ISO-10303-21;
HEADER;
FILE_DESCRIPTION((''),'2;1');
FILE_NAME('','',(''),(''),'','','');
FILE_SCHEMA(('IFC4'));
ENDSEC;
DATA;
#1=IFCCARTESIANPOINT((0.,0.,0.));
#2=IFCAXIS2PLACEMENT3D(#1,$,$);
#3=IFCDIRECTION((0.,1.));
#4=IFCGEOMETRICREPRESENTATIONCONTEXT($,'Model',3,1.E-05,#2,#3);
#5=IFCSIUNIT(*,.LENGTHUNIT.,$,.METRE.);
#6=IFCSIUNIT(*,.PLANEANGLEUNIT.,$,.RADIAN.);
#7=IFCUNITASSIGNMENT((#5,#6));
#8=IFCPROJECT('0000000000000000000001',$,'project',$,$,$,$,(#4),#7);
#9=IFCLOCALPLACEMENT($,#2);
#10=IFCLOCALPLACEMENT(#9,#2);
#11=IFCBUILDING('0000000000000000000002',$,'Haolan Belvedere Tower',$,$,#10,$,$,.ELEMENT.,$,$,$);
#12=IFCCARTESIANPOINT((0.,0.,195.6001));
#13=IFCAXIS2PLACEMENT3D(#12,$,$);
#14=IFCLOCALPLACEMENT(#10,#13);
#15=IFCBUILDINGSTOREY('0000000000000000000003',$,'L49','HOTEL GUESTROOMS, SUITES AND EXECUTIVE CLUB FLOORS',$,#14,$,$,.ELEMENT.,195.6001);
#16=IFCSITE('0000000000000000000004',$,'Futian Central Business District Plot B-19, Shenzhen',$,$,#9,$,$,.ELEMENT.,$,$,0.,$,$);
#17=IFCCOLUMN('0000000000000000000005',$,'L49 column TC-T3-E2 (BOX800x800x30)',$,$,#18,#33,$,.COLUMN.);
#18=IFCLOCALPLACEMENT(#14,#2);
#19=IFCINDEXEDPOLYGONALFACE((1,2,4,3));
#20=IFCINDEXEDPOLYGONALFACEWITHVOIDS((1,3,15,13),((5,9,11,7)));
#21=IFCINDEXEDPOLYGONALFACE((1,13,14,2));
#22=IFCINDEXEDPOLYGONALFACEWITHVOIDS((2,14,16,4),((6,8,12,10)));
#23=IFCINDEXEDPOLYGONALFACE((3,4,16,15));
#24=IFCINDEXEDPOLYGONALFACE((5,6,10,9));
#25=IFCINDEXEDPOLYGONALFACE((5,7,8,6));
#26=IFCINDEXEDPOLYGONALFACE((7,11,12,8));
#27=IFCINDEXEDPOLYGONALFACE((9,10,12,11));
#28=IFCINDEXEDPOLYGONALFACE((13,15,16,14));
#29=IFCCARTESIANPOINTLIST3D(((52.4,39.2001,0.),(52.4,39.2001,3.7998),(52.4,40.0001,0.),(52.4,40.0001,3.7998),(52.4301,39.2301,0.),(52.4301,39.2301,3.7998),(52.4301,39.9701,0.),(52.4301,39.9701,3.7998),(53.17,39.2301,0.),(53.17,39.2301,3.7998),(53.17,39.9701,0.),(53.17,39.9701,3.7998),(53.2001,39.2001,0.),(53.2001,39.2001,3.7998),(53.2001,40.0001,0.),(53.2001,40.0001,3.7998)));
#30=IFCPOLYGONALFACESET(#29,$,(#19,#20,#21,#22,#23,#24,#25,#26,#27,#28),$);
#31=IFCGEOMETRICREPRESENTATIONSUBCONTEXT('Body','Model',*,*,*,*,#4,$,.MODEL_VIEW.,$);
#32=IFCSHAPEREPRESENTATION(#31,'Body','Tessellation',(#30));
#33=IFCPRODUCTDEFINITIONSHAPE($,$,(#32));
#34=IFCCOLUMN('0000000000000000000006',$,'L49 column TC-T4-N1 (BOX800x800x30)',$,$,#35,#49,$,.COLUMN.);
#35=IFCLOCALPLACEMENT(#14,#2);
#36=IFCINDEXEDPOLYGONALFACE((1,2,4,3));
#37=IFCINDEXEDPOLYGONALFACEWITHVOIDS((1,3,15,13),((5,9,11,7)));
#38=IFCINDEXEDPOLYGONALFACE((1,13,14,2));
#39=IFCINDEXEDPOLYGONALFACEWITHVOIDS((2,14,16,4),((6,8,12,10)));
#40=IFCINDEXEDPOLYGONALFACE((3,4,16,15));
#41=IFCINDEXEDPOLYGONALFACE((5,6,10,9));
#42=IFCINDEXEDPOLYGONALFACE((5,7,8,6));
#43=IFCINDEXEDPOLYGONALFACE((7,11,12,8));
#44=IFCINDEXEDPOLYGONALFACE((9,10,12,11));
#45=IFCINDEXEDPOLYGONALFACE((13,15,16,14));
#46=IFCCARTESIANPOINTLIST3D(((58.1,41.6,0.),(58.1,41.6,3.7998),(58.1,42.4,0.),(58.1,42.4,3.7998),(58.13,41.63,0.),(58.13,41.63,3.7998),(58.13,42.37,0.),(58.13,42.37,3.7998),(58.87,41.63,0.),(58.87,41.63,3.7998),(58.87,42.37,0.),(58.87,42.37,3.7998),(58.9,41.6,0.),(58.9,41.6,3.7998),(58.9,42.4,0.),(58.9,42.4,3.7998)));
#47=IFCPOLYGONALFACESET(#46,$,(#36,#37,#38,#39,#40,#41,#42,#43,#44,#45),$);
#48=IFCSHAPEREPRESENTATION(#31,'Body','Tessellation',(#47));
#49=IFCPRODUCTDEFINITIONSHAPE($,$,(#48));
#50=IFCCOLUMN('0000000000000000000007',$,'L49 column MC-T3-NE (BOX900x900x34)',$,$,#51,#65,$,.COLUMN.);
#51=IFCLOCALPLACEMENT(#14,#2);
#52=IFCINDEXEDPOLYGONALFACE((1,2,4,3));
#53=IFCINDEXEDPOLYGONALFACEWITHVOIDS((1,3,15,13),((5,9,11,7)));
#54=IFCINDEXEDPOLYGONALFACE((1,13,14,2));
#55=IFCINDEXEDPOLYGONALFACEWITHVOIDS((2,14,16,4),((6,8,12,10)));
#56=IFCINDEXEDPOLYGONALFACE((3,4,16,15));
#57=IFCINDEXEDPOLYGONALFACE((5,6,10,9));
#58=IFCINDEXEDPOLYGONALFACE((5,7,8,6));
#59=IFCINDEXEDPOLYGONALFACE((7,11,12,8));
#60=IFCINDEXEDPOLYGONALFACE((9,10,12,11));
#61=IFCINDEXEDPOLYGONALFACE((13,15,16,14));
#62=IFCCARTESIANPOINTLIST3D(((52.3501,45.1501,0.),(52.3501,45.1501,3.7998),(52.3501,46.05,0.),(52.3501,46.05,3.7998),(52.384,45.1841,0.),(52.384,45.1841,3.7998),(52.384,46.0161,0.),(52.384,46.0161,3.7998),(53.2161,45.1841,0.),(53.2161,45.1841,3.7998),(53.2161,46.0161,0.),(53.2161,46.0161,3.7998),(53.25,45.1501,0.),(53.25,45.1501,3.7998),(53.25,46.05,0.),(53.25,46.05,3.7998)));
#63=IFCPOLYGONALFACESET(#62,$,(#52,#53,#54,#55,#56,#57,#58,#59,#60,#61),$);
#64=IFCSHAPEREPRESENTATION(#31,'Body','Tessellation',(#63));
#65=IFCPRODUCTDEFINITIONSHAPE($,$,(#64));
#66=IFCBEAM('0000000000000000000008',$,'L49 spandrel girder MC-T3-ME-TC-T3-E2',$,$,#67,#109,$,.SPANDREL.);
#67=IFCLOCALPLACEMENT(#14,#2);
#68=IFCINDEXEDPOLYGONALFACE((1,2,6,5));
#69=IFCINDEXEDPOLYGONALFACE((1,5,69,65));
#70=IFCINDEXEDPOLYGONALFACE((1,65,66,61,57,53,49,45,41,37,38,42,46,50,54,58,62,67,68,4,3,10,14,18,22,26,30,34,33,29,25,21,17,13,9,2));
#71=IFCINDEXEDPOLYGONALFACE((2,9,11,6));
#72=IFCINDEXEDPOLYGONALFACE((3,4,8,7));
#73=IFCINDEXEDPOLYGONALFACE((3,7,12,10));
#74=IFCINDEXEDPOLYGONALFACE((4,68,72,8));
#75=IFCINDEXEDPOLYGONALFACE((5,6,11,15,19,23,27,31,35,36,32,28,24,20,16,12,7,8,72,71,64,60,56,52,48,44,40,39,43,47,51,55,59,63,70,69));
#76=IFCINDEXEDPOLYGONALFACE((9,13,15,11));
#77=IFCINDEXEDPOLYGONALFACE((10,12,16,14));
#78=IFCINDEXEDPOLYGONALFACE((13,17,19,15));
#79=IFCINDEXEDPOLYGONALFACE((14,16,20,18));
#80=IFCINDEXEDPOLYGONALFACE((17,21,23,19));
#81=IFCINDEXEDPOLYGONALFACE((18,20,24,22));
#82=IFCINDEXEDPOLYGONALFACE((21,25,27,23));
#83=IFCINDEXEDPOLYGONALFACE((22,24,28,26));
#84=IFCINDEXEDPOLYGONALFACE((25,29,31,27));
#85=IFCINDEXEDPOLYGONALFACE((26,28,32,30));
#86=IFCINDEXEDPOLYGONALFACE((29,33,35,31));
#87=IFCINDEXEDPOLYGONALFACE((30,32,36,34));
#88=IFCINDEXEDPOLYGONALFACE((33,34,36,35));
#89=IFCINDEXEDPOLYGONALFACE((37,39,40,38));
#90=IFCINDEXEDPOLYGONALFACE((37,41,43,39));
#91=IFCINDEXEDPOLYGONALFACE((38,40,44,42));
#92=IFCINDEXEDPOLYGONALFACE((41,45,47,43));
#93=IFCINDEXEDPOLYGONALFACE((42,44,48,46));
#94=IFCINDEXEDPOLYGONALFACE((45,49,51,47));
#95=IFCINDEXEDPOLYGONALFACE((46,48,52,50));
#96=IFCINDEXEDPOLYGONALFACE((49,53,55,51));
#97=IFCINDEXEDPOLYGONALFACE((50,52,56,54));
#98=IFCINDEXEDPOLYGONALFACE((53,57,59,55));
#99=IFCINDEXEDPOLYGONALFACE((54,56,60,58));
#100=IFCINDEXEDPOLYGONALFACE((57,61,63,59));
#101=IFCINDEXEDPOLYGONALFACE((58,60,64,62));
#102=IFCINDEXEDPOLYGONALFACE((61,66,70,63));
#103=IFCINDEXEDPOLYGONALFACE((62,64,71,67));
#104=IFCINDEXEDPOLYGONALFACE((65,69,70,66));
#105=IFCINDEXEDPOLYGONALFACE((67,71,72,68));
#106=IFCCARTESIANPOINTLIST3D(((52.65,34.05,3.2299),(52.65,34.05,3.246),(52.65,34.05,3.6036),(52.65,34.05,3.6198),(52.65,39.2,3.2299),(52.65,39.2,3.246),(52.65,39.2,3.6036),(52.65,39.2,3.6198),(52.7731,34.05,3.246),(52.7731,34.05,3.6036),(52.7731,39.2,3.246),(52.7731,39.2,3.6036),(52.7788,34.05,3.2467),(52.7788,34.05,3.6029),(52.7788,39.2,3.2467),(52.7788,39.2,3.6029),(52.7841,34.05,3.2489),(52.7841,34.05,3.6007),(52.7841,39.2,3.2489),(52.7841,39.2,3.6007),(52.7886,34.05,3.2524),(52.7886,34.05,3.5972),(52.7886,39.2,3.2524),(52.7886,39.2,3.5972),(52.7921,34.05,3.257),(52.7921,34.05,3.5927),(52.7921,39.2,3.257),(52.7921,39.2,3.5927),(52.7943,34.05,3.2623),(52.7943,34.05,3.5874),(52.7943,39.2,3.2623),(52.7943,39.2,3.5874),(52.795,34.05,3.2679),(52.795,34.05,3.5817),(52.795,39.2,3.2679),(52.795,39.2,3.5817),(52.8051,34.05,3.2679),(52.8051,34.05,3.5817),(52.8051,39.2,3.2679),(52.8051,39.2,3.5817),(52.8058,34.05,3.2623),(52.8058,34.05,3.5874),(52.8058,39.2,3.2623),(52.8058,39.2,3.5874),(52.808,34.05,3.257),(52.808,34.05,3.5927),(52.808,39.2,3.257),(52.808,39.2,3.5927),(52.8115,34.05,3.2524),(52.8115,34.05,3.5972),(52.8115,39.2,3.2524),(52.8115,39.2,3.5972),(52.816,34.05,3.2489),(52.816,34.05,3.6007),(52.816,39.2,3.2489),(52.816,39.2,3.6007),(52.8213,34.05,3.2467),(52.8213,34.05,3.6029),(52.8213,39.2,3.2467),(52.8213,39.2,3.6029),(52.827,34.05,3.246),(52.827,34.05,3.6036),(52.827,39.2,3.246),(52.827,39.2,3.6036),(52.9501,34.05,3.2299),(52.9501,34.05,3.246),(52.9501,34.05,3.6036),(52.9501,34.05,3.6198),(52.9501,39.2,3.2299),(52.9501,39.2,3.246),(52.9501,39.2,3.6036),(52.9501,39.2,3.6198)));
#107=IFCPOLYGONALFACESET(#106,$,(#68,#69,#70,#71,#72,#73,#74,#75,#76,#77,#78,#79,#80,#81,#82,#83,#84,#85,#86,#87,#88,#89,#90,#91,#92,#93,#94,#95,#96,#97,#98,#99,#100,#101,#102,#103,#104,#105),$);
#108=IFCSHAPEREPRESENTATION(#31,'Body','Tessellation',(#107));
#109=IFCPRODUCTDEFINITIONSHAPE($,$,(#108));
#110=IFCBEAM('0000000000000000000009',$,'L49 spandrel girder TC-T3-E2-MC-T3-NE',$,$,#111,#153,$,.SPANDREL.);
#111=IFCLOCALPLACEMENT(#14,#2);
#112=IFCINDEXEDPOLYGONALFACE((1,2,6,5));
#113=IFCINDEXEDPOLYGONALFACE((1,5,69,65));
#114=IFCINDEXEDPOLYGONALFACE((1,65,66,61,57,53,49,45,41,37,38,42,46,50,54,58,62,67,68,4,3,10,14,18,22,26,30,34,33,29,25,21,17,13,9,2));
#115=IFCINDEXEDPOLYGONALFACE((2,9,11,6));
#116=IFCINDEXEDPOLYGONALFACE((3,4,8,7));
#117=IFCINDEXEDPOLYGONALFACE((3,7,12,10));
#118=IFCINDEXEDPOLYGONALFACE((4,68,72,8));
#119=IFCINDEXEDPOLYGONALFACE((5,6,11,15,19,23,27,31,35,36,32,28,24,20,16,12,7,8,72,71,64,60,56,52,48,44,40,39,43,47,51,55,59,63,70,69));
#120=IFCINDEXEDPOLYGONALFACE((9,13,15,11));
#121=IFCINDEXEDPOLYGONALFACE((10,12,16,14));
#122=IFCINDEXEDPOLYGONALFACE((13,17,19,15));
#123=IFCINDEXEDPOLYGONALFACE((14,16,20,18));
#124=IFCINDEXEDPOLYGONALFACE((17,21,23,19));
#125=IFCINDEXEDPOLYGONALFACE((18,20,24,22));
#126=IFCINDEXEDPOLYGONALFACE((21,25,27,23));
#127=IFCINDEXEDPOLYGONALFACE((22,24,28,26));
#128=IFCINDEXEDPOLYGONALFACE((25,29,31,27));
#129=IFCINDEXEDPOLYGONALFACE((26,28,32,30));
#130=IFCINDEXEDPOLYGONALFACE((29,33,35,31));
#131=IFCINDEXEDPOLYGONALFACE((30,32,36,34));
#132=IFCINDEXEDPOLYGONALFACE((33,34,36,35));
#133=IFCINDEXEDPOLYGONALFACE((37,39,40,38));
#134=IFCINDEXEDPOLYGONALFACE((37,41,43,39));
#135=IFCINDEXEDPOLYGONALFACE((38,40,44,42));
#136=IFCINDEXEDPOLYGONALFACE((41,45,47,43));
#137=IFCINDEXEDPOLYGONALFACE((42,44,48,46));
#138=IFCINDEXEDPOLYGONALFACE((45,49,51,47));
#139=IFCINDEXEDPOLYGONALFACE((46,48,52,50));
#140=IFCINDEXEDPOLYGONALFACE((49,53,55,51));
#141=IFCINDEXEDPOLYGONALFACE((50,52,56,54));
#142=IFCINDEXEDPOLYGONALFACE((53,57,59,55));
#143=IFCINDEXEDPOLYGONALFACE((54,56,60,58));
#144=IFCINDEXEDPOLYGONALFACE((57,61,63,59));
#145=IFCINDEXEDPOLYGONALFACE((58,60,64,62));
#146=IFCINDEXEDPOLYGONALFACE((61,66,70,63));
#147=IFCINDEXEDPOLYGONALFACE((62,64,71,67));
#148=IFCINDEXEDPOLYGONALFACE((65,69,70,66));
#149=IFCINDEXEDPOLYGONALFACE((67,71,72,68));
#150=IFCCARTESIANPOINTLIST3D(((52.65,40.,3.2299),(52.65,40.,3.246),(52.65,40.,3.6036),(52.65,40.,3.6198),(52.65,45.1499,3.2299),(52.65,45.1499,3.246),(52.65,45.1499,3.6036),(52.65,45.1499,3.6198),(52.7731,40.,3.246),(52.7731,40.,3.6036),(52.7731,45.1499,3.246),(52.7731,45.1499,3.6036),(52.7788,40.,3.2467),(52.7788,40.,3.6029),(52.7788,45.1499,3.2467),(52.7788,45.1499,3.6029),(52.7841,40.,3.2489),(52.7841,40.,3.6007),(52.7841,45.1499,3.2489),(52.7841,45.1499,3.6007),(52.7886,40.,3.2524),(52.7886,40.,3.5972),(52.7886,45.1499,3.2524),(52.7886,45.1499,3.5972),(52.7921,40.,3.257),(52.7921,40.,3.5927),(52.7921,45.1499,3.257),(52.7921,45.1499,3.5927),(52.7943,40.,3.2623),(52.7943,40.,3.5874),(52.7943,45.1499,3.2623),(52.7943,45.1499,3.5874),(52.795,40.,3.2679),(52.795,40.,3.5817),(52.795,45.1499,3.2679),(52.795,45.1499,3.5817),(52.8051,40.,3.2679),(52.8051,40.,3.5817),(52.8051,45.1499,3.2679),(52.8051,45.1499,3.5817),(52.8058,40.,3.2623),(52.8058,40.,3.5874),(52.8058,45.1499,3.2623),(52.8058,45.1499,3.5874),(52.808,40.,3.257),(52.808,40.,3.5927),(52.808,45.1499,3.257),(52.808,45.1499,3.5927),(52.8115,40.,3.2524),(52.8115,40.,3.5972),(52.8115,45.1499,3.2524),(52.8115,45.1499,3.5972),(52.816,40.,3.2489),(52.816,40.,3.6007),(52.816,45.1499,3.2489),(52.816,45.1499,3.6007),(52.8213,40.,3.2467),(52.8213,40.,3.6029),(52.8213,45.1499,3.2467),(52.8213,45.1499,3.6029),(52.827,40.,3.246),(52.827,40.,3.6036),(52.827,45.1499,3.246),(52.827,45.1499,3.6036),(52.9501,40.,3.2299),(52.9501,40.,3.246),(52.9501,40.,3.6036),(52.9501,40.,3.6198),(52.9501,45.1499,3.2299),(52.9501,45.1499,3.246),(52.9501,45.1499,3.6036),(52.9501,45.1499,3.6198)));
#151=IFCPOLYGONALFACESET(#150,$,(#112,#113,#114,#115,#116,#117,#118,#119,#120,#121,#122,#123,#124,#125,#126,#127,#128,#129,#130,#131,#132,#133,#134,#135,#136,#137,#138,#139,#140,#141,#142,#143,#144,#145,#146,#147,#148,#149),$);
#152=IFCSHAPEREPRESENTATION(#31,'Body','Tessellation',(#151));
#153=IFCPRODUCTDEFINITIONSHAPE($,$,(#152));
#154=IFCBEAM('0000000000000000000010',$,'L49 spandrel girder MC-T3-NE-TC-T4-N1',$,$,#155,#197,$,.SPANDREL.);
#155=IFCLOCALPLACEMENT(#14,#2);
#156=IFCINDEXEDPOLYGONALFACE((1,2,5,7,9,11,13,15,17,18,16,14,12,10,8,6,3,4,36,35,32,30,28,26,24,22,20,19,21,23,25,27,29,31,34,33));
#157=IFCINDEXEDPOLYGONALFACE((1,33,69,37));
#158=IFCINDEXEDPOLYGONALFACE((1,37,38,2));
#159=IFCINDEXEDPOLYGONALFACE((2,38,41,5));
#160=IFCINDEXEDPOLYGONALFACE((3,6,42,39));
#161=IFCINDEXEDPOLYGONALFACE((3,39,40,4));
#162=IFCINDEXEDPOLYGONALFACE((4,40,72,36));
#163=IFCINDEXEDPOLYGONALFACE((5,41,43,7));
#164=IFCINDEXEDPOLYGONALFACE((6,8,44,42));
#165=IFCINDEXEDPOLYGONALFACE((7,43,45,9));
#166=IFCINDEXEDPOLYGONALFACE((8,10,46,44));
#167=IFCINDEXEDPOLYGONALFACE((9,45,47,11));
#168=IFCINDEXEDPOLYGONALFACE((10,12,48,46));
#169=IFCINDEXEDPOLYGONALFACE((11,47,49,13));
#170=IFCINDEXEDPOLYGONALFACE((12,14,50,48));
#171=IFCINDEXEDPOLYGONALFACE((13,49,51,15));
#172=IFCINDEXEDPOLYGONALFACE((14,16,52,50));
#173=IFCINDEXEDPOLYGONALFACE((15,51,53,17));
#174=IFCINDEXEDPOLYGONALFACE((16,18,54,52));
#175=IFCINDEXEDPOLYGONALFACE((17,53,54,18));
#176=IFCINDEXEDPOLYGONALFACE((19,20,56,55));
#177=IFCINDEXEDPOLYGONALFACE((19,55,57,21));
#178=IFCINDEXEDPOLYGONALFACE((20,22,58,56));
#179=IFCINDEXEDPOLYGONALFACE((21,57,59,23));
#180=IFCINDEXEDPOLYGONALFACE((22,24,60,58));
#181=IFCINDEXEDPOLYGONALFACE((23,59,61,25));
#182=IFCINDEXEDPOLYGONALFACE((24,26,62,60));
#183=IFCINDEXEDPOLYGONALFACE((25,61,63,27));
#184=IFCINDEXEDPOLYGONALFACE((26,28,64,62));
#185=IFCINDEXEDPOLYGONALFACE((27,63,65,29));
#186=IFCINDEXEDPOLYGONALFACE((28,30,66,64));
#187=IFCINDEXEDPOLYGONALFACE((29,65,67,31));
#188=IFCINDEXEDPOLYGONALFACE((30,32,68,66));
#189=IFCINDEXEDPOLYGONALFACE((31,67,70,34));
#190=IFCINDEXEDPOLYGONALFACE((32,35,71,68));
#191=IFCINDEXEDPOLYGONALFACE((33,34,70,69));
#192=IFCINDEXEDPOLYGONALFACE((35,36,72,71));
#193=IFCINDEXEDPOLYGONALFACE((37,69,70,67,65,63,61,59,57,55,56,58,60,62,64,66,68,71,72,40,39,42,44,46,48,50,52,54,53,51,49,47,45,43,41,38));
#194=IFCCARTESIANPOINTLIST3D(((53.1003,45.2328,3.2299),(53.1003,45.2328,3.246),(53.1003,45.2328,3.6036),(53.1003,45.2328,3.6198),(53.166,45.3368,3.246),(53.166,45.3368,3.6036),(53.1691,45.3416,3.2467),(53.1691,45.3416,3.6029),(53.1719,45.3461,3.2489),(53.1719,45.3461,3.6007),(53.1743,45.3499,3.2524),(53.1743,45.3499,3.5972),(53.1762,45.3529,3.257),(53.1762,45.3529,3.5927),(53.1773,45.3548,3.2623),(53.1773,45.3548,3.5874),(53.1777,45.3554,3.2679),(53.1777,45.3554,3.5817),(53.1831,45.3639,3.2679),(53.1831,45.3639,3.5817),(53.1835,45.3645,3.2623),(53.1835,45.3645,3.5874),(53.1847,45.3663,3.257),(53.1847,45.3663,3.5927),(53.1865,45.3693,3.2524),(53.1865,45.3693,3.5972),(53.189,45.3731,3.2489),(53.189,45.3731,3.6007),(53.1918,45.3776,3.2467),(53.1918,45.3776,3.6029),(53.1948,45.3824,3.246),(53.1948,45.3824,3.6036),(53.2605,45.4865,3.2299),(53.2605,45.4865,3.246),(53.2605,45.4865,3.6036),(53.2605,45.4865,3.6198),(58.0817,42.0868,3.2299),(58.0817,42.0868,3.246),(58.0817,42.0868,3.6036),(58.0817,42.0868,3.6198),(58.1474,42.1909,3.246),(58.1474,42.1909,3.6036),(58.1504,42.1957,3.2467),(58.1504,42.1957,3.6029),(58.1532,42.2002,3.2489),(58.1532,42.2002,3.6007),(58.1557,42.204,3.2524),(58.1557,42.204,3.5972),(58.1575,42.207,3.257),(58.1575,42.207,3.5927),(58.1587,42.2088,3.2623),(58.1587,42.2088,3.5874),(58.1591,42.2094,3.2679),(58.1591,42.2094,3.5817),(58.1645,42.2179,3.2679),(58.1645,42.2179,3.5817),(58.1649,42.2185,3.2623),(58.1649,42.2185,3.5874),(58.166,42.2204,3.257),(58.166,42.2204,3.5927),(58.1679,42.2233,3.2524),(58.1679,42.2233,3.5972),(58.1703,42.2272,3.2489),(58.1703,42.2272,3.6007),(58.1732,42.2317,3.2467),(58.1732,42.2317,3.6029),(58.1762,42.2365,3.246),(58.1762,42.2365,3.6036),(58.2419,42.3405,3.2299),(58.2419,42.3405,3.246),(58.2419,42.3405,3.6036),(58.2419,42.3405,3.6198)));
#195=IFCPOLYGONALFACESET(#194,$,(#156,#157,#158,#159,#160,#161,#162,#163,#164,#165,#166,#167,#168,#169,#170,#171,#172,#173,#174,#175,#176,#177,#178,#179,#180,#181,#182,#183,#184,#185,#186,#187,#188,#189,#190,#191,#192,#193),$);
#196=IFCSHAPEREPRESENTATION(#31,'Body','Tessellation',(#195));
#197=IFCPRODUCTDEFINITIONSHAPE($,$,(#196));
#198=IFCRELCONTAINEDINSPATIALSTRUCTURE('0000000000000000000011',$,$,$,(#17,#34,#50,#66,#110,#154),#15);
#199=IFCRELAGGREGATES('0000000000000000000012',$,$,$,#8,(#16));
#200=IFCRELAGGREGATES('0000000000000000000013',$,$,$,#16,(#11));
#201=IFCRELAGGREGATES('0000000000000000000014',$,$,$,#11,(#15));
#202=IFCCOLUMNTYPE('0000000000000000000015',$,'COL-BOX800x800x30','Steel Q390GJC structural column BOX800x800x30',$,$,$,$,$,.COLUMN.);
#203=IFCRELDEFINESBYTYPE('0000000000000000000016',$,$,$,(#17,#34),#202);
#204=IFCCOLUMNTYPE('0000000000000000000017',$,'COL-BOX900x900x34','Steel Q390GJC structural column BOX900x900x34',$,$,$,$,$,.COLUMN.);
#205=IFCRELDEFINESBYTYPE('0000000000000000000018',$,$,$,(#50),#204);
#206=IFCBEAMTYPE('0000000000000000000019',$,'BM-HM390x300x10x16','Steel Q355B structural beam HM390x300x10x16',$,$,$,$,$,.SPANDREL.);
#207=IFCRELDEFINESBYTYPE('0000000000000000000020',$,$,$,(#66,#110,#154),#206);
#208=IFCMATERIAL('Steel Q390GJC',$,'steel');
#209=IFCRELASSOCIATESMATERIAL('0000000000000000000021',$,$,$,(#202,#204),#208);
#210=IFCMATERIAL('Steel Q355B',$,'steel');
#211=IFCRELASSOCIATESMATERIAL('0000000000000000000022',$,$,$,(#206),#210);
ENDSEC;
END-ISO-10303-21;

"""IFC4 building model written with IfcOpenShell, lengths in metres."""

from ifc_helpers import new_model, si_unit, direction, frame, origin, origin_2d, place, context, subcontext, project, spatial, hollow_rectangle, i_section, extrude, material, material_profile, profile_set, type_object, element, save


model = new_model("IFC4")

# Units and contexts
model_context = context("Model", 3, precision=1e-05, world=origin(), true_north=direction((0.0, 1.0)))
body_context = subcontext(model_context, "Body", "Model", "MODEL_VIEW")
ifc_project = project(units=[si_unit("LENGTHUNIT", "METRE"), si_unit("PLANEANGLEUNIT", "RADIAN")], contexts=[model_context])

# Site, building, storey
site_placement = place(None, origin())
site = spatial("IfcSite", under=ifc_project, at=site_placement, Name="Futian Central Business District Plot B-19, Shenzhen", CompositionType="ELEMENT", RefElevation=0.0)
building_placement = place(site_placement, origin())
building = spatial("IfcBuilding", under=site, at=building_placement, Name="Haolan Belvedere Tower", CompositionType="ELEMENT")
storey_placement = place(building_placement, frame((0.0, 0.0, 195.6001)))
storey = spatial("IfcBuildingStorey", under=building, at=storey_placement, Name="L49", Description="HOTEL GUESTROOMS, SUITES AND EXECUTIVE CLUB FLOORS", CompositionType="ELEMENT", Elevation=195.6001)

# Columns
ifc_material_1 = material(Name="Steel Q390GJC", Category="steel")
ifc_material_profile_1 = material_profile(ifc_material_1, hollow_rectangle(XDim=0.8, YDim=0.8, WallThickness=0.03, at=origin_2d()), Name="Steel Q390GJC")
ifc_profile_set_1 = profile_set([ifc_material_profile_1], Name="Steel Q390GJC")
column_type_1 = type_object("IfcColumnType", Name="COL-BOX800x800x30", Description="Steel Q390GJC structural column BOX800x800x30", PredefinedType="COLUMN", material=ifc_profile_set_1)
for number, where, z_axis, x_axis, name in (
    (1, (52.8, 39.6001, 0.0), (0.0, 0.0, 1.0), (1.0, 0.0, 0.0), "L49 column TC-T3-E2 (BOX800x800x30)"),
    (2, (58.5, 42.0, 0.0), (0.0, 0.0, 1.0), (1.0, 0.0, 0.0), "L49 column TC-T4-N1 (BOX800x800x30)"),
):
    element("IfcColumn", number, at=place(storey_placement, frame(where, z_axis=z_axis, x_axis=x_axis)), inside=storey, type_object=column_type_1, Name=name, PredefinedType="COLUMN", context=body_context, shape_type="SweptSolid", body=[
        extrude(hollow_rectangle(XDim=0.8, YDim=0.8, WallThickness=0.03, at=origin_2d()), origin(), (0.0, 0.0, 1.0), 3.7998),
    ])
ifc_material_profile_2 = material_profile(ifc_material_1, hollow_rectangle(XDim=0.8999, YDim=0.8999, WallThickness=0.0339, at=origin_2d()), Name="Steel Q390GJC")
ifc_profile_set_2 = profile_set([ifc_material_profile_2], Name="Steel Q390GJC")
column_type_2 = type_object("IfcColumnType", Name="COL-BOX900x900x34", Description="Steel Q390GJC structural column BOX900x900x34", PredefinedType="COLUMN", material=ifc_profile_set_2)
column_placement = place(storey_placement, frame((52.8, 45.6001, 0.0), z_axis=(0.0, 0.0, 1.0), x_axis=(1.0, 0.0, 0.0)))
element("IfcColumn", 3, at=column_placement, inside=storey, type_object=column_type_2, Name="L49 column MC-T3-NE (BOX900x900x34)", PredefinedType="COLUMN", context=body_context, shape_type="SweptSolid", body=[
    extrude(hollow_rectangle(XDim=0.8999, YDim=0.8999, WallThickness=0.0339, at=origin_2d()), origin(), (0.0, 0.0, 1.0), 3.7998),
])

# Beams
ifc_material_2 = material(Name="Steel Q355B", Category="steel")
ifc_material_profile_3 = material_profile(ifc_material_2, i_section(OverallWidth=0.3, OverallDepth=0.3899, WebThickness=0.01, FlangeThickness=0.0161, FilletRadius=0.022, at=origin_2d()), Name="Steel Q355B")
ifc_profile_set_3 = profile_set([ifc_material_profile_3], Name="Steel Q355B")
beam_type = type_object("IfcBeamType", Name="BM-HM390x300x10x16", Description="Steel Q355B structural beam HM390x300x10x16", PredefinedType="SPANDREL", material=ifc_profile_set_3)
for number, where, z_axis, x_axis, name in (
    (4, (52.8, 34.05, 3.4248), (0.0, 1.0, 0.0), (-1.0, 0.0, 0.0), "L49 spandrel girder MC-T3-ME-TC-T3-E2"),
    (5, (52.8, 40.0, 3.4248), (0.0, 1.0, 0.0), (-1.0, 0.0, 0.0), "L49 spandrel girder TC-T3-E2-MC-T3-NE"),
):
    element("IfcBeam", number, at=place(storey_placement, frame(where, z_axis=z_axis, x_axis=x_axis)), inside=storey, type_object=beam_type, Name=name, PredefinedType="SPANDREL", context=body_context, shape_type="SweptSolid", body=[
        extrude(i_section(OverallWidth=0.3, OverallDepth=0.3899, WebThickness=0.01, FlangeThickness=0.0161, FilletRadius=0.022, at=origin_2d()), origin(), (0.0, 0.0, 1.0), 5.1499),
    ])
beam_placement = place(storey_placement, frame((53.1804, 45.3596, 3.4248), z_axis=(0.845503, -0.533971, 0.0), x_axis=(0.533971, 0.845503, 0.0)))
element("IfcBeam", 6, at=beam_placement, inside=storey, type_object=beam_type, Name="L49 spandrel girder MC-T3-NE-TC-T4-N1", PredefinedType="SPANDREL", context=body_context, shape_type="SweptSolid", body=[
    extrude(i_section(OverallWidth=0.3, OverallDepth=0.3899, WebThickness=0.01, FlangeThickness=0.0161, FilletRadius=0.022, at=origin_2d()), origin(), (0.0, 0.0, 1.0), 5.8916),
])

save(model, "model.ifc")
